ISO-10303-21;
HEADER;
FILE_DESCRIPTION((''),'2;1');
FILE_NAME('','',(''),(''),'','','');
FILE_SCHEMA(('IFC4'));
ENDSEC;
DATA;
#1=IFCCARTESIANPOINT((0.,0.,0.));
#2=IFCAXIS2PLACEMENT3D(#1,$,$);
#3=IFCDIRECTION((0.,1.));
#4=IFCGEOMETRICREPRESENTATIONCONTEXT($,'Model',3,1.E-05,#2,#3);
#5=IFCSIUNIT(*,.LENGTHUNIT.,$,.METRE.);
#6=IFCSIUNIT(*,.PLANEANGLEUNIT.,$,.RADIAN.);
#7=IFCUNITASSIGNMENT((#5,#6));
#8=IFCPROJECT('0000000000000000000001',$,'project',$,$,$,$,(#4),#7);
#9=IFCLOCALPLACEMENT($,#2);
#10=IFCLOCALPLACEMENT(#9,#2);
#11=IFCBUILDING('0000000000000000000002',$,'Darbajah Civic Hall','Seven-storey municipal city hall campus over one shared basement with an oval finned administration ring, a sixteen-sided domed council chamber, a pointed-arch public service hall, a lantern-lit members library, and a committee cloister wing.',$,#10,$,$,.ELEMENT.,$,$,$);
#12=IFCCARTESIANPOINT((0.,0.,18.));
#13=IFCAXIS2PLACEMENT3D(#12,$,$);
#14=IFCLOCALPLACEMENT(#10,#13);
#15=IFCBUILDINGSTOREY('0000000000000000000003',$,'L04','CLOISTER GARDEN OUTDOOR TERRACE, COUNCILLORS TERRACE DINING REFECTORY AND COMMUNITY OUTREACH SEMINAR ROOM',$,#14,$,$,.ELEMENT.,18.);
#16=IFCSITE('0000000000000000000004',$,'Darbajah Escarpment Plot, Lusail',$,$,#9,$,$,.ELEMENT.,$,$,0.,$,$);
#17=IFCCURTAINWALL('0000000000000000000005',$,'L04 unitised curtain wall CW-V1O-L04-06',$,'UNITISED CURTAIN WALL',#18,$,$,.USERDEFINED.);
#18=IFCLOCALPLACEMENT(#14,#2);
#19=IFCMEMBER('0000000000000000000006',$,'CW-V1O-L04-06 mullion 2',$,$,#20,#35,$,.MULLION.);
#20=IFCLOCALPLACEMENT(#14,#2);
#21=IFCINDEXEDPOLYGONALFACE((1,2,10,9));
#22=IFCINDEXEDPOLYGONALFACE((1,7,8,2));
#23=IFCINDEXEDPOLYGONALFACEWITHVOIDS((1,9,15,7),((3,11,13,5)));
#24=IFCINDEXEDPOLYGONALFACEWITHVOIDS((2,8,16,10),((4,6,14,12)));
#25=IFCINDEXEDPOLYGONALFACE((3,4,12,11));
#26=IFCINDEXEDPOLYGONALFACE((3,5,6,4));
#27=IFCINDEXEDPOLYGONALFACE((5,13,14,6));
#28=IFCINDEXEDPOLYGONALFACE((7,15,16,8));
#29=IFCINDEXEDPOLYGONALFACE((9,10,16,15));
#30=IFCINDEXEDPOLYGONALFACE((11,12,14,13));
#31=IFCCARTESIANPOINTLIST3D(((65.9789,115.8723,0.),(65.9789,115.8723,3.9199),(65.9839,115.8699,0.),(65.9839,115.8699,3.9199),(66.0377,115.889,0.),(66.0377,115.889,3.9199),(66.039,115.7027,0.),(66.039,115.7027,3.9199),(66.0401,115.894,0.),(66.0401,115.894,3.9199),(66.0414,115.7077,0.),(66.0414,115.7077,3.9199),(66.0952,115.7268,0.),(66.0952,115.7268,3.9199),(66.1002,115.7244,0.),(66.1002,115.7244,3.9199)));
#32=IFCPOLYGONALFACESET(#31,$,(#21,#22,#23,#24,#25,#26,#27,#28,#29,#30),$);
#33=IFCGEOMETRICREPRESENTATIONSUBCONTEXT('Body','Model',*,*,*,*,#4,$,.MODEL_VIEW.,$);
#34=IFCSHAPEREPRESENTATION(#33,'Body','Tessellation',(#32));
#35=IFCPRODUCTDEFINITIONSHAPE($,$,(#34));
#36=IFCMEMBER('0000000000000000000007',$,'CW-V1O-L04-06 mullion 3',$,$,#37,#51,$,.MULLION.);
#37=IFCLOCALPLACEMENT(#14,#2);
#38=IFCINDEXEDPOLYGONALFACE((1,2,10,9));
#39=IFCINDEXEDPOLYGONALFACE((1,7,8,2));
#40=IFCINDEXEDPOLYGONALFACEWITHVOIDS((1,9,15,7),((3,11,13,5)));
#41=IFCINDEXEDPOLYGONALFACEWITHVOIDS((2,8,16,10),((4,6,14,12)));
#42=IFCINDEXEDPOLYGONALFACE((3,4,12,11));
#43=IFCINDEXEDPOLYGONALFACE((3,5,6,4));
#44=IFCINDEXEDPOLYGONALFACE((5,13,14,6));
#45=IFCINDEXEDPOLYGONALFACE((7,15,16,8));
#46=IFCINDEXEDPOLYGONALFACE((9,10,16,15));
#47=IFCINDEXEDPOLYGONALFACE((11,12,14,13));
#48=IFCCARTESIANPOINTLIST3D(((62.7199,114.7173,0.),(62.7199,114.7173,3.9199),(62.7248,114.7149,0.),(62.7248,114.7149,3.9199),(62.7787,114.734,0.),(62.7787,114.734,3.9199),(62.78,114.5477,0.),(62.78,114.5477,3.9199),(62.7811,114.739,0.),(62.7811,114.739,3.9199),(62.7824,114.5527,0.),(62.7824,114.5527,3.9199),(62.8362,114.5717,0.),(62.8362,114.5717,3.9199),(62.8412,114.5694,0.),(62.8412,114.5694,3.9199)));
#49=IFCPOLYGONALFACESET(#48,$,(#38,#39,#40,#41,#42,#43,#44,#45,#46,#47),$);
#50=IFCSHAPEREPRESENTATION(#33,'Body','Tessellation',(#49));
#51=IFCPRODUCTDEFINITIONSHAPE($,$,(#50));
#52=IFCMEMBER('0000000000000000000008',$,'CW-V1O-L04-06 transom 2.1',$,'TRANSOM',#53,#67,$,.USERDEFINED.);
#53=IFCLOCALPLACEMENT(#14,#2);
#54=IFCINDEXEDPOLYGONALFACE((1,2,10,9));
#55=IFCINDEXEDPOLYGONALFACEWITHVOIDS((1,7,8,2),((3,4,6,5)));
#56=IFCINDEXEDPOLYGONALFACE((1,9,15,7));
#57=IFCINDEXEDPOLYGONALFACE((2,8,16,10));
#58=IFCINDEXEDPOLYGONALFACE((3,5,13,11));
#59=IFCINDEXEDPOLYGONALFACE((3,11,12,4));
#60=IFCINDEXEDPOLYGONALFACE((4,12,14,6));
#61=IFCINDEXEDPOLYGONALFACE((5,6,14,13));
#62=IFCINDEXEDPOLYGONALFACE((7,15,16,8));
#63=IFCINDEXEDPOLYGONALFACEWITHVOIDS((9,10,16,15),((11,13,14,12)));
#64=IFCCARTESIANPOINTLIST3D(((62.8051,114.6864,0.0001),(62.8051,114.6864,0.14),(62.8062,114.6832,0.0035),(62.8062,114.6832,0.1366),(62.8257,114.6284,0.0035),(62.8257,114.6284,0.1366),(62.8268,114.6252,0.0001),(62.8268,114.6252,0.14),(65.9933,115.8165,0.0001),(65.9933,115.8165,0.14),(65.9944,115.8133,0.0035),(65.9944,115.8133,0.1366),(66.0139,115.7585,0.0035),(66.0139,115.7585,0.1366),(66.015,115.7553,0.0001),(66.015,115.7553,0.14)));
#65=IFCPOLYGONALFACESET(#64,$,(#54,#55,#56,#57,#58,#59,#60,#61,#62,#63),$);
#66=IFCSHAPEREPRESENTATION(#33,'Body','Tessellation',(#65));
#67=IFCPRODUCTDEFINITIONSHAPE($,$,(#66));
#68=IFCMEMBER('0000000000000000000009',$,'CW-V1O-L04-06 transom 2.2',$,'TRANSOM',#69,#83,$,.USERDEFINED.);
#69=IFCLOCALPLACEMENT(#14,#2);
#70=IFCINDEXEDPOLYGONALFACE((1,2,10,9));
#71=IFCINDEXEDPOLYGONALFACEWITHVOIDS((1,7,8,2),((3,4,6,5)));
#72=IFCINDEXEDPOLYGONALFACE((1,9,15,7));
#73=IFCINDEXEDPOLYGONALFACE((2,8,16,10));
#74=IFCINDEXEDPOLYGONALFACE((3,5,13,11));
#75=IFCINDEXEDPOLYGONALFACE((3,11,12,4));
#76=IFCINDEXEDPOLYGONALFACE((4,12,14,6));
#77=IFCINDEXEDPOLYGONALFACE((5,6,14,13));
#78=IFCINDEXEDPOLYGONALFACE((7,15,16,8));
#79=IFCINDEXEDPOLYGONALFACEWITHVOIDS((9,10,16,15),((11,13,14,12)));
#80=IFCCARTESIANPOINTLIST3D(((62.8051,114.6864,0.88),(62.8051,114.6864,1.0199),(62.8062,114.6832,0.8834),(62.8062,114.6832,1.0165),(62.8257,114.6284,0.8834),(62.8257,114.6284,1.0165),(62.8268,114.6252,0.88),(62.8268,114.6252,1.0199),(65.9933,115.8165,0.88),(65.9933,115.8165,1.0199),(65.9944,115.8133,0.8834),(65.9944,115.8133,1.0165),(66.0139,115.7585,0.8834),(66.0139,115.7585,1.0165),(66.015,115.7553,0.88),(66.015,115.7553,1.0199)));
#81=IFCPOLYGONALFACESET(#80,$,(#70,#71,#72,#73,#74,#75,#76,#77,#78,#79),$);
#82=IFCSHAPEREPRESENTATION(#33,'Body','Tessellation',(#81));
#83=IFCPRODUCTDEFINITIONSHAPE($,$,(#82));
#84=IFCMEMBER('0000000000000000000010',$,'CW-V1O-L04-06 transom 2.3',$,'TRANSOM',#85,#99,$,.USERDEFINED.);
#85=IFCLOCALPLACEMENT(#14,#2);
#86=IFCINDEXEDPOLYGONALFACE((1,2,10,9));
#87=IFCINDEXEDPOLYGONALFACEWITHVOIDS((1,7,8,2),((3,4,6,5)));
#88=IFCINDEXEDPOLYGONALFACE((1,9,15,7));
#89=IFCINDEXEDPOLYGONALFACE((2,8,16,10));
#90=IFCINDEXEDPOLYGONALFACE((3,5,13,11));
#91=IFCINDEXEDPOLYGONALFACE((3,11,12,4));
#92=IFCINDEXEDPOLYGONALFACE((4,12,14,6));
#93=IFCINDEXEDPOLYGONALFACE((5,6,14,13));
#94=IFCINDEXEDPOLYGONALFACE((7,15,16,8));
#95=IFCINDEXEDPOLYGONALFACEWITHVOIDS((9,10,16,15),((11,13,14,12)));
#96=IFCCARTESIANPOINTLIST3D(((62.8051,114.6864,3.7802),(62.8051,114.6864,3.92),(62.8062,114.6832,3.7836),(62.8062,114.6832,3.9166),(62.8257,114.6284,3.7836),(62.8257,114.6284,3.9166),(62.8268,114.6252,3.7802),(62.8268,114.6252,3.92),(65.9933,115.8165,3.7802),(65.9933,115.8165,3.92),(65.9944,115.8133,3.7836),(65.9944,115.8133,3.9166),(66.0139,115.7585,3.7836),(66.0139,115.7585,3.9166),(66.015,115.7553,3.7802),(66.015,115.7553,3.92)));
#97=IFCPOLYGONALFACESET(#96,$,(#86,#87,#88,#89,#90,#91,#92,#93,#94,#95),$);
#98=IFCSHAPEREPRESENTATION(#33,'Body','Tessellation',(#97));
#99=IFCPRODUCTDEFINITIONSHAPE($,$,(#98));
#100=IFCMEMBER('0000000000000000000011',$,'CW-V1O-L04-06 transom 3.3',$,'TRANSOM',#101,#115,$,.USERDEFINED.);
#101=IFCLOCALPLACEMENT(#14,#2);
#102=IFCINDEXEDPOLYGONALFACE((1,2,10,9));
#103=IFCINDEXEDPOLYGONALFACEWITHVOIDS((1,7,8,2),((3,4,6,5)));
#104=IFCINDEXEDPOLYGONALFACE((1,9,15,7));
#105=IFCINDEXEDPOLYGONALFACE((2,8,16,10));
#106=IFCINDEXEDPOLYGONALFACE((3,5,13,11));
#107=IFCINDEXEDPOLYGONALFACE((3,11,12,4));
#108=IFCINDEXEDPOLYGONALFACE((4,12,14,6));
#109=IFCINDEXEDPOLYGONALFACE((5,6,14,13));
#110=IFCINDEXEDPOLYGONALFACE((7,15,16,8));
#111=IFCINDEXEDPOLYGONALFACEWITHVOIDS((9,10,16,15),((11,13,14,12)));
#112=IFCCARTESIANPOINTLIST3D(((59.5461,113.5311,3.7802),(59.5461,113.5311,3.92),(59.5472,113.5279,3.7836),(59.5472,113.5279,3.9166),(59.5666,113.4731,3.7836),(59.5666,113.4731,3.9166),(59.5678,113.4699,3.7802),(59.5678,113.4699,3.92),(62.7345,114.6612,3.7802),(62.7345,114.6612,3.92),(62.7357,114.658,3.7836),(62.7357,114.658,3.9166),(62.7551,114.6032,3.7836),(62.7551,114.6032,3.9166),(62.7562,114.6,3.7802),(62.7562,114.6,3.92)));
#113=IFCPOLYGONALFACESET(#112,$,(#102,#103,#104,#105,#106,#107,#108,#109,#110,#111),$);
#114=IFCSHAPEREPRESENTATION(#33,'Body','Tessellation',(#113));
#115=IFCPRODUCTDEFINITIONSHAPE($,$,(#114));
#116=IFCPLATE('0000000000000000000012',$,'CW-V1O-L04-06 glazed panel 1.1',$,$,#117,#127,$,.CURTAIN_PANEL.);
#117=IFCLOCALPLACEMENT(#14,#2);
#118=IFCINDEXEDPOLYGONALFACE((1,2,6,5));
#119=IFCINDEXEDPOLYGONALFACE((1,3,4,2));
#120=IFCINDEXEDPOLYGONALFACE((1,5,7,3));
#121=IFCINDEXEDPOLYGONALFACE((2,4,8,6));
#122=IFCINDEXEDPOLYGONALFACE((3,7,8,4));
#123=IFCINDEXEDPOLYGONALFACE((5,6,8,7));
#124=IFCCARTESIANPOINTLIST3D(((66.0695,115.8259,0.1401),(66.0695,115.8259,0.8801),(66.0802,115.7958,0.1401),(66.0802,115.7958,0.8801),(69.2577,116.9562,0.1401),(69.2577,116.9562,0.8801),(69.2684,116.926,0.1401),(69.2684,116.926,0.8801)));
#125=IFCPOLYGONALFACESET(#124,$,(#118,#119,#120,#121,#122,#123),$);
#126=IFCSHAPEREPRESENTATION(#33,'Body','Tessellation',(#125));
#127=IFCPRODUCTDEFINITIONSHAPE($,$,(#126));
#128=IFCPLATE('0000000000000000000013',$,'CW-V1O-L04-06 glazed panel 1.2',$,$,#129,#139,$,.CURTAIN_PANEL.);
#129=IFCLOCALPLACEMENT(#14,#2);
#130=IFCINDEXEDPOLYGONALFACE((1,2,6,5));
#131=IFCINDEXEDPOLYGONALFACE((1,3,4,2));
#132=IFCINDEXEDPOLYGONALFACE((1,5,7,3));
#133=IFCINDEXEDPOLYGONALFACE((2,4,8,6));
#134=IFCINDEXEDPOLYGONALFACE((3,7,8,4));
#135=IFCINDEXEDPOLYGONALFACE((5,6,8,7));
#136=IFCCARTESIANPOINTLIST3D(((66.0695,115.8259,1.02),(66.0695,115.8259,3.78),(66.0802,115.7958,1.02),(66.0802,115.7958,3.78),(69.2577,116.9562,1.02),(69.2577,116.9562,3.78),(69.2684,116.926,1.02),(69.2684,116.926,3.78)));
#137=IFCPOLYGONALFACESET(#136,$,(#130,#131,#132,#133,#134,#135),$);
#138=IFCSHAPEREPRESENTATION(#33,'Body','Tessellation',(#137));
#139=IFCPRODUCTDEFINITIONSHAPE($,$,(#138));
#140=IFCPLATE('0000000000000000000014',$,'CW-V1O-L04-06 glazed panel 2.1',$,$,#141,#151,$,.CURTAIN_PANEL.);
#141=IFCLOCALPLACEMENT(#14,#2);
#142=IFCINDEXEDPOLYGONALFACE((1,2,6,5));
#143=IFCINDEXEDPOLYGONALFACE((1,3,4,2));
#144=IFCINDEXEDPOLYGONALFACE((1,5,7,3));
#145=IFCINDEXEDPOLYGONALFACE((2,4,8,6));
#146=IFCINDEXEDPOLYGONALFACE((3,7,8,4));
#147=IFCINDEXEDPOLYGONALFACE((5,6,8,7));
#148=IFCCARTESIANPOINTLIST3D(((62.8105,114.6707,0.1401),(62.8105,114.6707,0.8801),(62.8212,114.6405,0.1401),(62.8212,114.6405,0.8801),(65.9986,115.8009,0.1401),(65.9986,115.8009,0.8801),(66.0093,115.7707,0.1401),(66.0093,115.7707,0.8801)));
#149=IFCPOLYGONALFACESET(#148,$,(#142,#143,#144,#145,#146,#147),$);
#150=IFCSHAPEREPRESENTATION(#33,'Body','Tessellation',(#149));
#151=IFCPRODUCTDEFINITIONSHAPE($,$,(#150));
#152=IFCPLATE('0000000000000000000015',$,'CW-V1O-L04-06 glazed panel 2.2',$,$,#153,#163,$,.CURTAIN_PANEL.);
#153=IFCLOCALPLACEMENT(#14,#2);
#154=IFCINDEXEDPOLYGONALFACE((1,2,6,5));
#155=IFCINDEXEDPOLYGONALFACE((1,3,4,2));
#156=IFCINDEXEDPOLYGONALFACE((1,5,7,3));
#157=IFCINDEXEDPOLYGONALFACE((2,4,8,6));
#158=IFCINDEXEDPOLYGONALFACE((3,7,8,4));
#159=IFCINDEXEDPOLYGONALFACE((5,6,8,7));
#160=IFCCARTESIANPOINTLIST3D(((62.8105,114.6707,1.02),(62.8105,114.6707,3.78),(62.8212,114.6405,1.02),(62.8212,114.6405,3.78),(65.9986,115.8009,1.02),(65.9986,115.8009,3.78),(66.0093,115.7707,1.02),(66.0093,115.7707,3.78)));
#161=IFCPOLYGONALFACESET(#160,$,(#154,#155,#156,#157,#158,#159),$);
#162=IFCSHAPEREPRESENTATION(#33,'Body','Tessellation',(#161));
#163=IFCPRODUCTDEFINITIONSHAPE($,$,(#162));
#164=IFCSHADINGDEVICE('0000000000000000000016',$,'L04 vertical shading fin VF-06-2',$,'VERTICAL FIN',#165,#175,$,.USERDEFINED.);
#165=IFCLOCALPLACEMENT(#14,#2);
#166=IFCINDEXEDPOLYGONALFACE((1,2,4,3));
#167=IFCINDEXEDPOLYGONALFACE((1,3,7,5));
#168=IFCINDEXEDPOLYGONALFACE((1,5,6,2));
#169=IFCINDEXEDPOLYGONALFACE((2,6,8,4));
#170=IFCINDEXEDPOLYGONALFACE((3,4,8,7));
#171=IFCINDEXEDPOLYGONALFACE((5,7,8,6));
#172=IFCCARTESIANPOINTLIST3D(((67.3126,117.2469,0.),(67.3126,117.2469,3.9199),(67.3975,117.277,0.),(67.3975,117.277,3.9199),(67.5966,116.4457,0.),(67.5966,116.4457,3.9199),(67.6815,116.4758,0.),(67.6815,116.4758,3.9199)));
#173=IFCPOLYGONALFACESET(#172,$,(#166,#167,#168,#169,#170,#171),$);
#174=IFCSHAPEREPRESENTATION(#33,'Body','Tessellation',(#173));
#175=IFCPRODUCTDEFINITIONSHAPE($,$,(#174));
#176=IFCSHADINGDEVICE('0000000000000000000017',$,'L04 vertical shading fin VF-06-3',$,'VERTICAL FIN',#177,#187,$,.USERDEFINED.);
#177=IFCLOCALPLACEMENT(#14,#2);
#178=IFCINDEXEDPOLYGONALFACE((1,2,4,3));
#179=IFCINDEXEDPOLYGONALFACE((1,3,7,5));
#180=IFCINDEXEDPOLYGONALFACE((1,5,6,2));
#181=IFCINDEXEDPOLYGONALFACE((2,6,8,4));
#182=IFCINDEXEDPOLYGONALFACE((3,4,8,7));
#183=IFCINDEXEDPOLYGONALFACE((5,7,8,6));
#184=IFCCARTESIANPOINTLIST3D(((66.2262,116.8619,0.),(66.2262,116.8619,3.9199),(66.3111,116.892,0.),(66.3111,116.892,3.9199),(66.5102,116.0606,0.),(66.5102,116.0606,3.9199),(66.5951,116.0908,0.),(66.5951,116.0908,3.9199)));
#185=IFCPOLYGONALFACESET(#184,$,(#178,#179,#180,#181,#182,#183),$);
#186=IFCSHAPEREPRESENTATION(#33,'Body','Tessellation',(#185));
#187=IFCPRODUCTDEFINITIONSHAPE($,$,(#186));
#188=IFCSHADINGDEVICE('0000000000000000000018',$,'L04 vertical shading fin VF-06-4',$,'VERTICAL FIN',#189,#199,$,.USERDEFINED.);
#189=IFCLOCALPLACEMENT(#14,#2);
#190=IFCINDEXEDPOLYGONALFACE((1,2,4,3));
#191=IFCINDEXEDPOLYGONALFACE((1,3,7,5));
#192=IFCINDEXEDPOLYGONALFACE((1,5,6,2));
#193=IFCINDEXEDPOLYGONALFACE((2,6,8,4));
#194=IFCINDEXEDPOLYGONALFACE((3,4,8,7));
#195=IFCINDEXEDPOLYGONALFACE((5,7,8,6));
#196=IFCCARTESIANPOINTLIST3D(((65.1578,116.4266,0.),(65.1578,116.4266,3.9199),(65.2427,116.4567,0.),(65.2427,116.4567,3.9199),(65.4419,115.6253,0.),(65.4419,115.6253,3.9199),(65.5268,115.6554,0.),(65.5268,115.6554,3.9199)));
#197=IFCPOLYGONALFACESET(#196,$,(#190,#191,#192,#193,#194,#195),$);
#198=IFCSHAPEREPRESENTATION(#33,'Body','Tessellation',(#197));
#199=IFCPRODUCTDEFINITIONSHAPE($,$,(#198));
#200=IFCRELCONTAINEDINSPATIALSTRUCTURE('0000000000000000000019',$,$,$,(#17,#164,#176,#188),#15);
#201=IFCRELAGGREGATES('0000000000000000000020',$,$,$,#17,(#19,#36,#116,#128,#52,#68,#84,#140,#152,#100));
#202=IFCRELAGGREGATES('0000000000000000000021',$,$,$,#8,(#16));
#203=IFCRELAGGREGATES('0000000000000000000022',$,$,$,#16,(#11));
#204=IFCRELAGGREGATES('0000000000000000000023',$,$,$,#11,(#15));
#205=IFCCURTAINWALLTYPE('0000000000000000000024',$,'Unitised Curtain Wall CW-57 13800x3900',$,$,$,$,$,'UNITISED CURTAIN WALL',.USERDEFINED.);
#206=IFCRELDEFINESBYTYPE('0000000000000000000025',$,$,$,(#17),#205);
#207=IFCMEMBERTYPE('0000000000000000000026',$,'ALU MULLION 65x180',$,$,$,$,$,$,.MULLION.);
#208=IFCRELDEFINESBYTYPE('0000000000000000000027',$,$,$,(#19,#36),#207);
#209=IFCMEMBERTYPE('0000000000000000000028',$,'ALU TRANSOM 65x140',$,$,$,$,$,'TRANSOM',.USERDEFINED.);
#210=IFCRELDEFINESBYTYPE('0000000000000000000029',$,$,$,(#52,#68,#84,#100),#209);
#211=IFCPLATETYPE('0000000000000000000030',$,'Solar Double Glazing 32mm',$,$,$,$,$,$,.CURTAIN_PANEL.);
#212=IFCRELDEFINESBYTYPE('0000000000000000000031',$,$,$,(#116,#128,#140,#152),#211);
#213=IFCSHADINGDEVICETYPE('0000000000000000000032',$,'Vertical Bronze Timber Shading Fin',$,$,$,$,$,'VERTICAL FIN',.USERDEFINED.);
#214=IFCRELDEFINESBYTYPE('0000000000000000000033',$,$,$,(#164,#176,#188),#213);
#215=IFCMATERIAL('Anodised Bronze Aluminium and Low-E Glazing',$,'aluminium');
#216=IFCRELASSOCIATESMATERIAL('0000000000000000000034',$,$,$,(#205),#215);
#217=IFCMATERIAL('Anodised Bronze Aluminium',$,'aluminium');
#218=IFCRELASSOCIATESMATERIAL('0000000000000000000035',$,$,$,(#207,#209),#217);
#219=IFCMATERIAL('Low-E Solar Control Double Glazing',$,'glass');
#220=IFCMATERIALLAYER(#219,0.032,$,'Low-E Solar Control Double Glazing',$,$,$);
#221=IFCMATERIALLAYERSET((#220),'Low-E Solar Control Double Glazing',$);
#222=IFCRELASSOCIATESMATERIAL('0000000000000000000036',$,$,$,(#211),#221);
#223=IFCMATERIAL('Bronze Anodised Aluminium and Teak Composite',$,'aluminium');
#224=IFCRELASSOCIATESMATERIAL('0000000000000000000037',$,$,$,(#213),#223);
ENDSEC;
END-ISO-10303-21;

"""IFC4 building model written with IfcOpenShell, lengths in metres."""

from ifc_helpers import new_model, si_unit, direction, frame, origin, origin_2d, place, context, subcontext, project, spatial, rectangle, hollow_rectangle, extrude, material, layer, layer_set, material_profile, profile_set, type_object, element, aggregate, save


model = new_model("IFC4")

# Units and contexts
model_context = context("Model", 3, precision=1e-05, world=origin(), true_north=direction((0.0, 1.0)))
body_context = subcontext(model_context, "Body", "Model", "MODEL_VIEW")
ifc_project = project(units=[si_unit("LENGTHUNIT", "METRE"), si_unit("PLANEANGLEUNIT", "RADIAN")], contexts=[model_context])

# Site, building, storey
site_placement = place(None, origin())
site = spatial("IfcSite", under=ifc_project, at=site_placement, Name="Darbajah Escarpment Plot, Lusail", CompositionType="ELEMENT", RefElevation=0.0)
building_placement = place(site_placement, origin())
building = spatial("IfcBuilding", under=site, at=building_placement, Name="Darbajah Civic Hall", Description="Seven-storey municipal city hall campus over one shared basement with an oval finned administration ring, a sixteen-sided domed council chamber, a pointed-arch public service hall, a lantern-lit members library, and a committee cloister wing.", CompositionType="ELEMENT")
storey_placement = place(building_placement, frame((0.0, 0.0, 18.0)))
storey = spatial("IfcBuildingStorey", under=building, at=storey_placement, Name="L04", Description="CLOISTER GARDEN OUTDOOR TERRACE, COUNCILLORS TERRACE DINING REFECTORY AND COMMUNITY OUTREACH SEMINAR ROOM", CompositionType="ELEMENT", Elevation=18.0)

# Curtain wall, members, plates
ifc_material_1 = material(Name="Anodised Bronze Aluminium and Low-E Glazing", Category="aluminium")
curtain_wall_type = type_object("IfcCurtainWallType", Name="Unitised Curtain Wall CW-57 13800x3900", ElementType="UNITISED CURTAIN WALL", PredefinedType="USERDEFINED", material=ifc_material_1)
curtain_wall_placement = place(storey_placement, origin())
curtain_wall = element("IfcCurtainWall", 1, at=curtain_wall_placement, inside=storey, type_object=curtain_wall_type, Name="L04 unitised curtain wall CW-V1O-L04-06", ObjectType="UNITISED CURTAIN WALL", PredefinedType="USERDEFINED")
ifc_material_2 = material(Name="Anodised Bronze Aluminium", Category="aluminium")
ifc_material_profile_1 = material_profile(ifc_material_2, hollow_rectangle(XDim=0.0649, YDim=0.1799, WallThickness=0.0039, at=origin_2d()), Name="ALU MULLION 65x180")
ifc_profile_set_1 = profile_set([ifc_material_profile_1], Name="Anodised Bronze Aluminium")
member_type_1 = type_object("IfcMemberType", Name="ALU MULLION 65x180", PredefinedType="MULLION", material=ifc_profile_set_1)
member_1_placement = place(storey_placement, frame((66.0396, 115.7983, 0.0), z_axis=(0.0, 0.0, 1.0), x_axis=(-0.942525, -0.334136, 0.0)))
member_1 = element("IfcMember", 2, at=member_1_placement, type_object=member_type_1, Name="CW-V1O-L04-06 mullion 2", PredefinedType="MULLION", context=body_context, shape_type="SweptSolid", body=[
    extrude(hollow_rectangle(XDim=0.0649, YDim=0.1799, WallThickness=0.0039, at=origin_2d()), origin(), (0.0, 0.0, 1.0), 3.9199),
])
member_2_placement = place(storey_placement, frame((62.7805, 114.6433, 0.0), z_axis=(0.0, 0.0, 1.0), x_axis=(-0.942525, -0.334136, 0.0)))
member_2 = element("IfcMember", 3, at=member_2_placement, type_object=member_type_1, Name="CW-V1O-L04-06 mullion 3", PredefinedType="MULLION", context=body_context, shape_type="SweptSolid", body=[
    extrude(hollow_rectangle(XDim=0.0649, YDim=0.1799, WallThickness=0.0039, at=origin_2d()), origin(), (0.0, 0.0, 1.0), 3.9199),
])
ifc_material_profile_2 = material_profile(ifc_material_2, hollow_rectangle(XDim=0.0649, YDim=0.1399, WallThickness=0.0034, at=origin_2d()), Name="ALU TRANSOM 65x140")
ifc_profile_set_2 = profile_set([ifc_material_profile_2], Name="Anodised Bronze Aluminium")
member_type_2 = type_object("IfcMemberType", Name="ALU TRANSOM 65x140", ElementType="TRANSOM", PredefinedType="USERDEFINED", material=ifc_profile_set_2)
member_3_placement = place(storey_placement, frame((66.0042, 115.7859, 0.0701), z_axis=(-0.942538, -0.3341, 0.0), x_axis=(0.3341, -0.942538, 0.0)))
member_3 = element("IfcMember", 4, at=member_3_placement, type_object=member_type_2, Name="CW-V1O-L04-06 transom 2.1", ObjectType="TRANSOM", PredefinedType="USERDEFINED", context=body_context, shape_type="SweptSolid", body=[
    extrude(hollow_rectangle(XDim=0.0649, YDim=0.1399, WallThickness=0.0034, at=origin_2d()), origin(), (0.0, 0.0, 1.0), 3.3826),
])
member_4_placement = place(storey_placement, frame((66.0042, 115.7859, 0.95), z_axis=(-0.942538, -0.3341, 0.0), x_axis=(0.3341, -0.942538, 0.0)))
member_4 = element("IfcMember", 5, at=member_4_placement, type_object=member_type_2, Name="CW-V1O-L04-06 transom 2.2", ObjectType="TRANSOM", PredefinedType="USERDEFINED", context=body_context, shape_type="SweptSolid", body=[
    extrude(hollow_rectangle(XDim=0.0649, YDim=0.1399, WallThickness=0.0034, at=origin_2d()), origin(), (0.0, 0.0, 1.0), 3.3826),
])
member_5_placement = place(storey_placement, frame((66.0042, 115.7859, 3.8501), z_axis=(-0.942538, -0.3341, 0.0), x_axis=(0.3341, -0.942538, 0.0)))
member_5 = element("IfcMember", 6, at=member_5_placement, type_object=member_type_2, Name="CW-V1O-L04-06 transom 2.3", ObjectType="TRANSOM", PredefinedType="USERDEFINED", context=body_context, shape_type="SweptSolid", body=[
    extrude(hollow_rectangle(XDim=0.0649, YDim=0.1399, WallThickness=0.0034, at=origin_2d()), origin(), (0.0, 0.0, 1.0), 3.3826),
])
member_6_placement = place(storey_placement, frame((62.7454, 114.6306, 3.8501), z_axis=(-0.942546, -0.334077, 0.0), x_axis=(0.334077, -0.942546, 0.0)))
member_6 = element("IfcMember", 7, at=member_6_placement, type_object=member_type_2, Name="CW-V1O-L04-06 transom 3.3", ObjectType="TRANSOM", PredefinedType="USERDEFINED", context=body_context, shape_type="SweptSolid", body=[
    extrude(hollow_rectangle(XDim=0.0649, YDim=0.1399, WallThickness=0.0034, at=origin_2d()), origin(), (0.0, 0.0, 1.0), 3.3828),
])
ifc_material_3 = material(Name="Low-E Solar Control Double Glazing", Category="glass")
ifc_layer = layer(ifc_material_3, 0.032, Name="Low-E Solar Control Double Glazing")
ifc_layer_set = layer_set([ifc_layer], Name="Low-E Solar Control Double Glazing")
plate_type = type_object("IfcPlateType", Name="Solar Double Glazing 32mm", PredefinedType="CURTAIN_PANEL", material=ifc_layer_set)
plate_1_placement = place(storey_placement, frame((67.6689, 116.376, 0.1401), z_axis=(0.0, 0.0, 1.0), x_axis=(-0.942525, -0.334136, 0.0)))
plate_1 = element("IfcPlate", 8, at=plate_1_placement, type_object=plate_type, Name="CW-V1O-L04-06 glazed panel 1.1", PredefinedType="CURTAIN_PANEL", context=body_context, shape_type="SweptSolid", body=[
    extrude(rectangle(XDim=3.3826, YDim=0.032, at=origin_2d()), origin(), (0.0, 0.0, 1.0), 0.74),
])
plate_2_placement = place(storey_placement, frame((67.6689, 116.376, 1.02), z_axis=(0.0, 0.0, 1.0), x_axis=(-0.942525, -0.334136, 0.0)))
plate_2 = element("IfcPlate", 9, at=plate_2_placement, type_object=plate_type, Name="CW-V1O-L04-06 glazed panel 1.2", PredefinedType="CURTAIN_PANEL", context=body_context, shape_type="SweptSolid", body=[
    extrude(rectangle(XDim=3.3826, YDim=0.032, at=origin_2d()), origin(), (0.0, 0.0, 1.0), 2.76),
])
plate_3_placement = place(storey_placement, frame((64.4099, 115.2207, 0.1401), z_axis=(0.0, 0.0, 1.0), x_axis=(-0.942525, -0.334136, 0.0)))
plate_3 = element("IfcPlate", 10, at=plate_3_placement, type_object=plate_type, Name="CW-V1O-L04-06 glazed panel 2.1", PredefinedType="CURTAIN_PANEL", context=body_context, shape_type="SweptSolid", body=[
    extrude(rectangle(XDim=3.3826, YDim=0.032, at=origin_2d()), origin(), (0.0, 0.0, 1.0), 0.74),
])
plate_4_placement = place(storey_placement, frame((64.4099, 115.2207, 1.02), z_axis=(0.0, 0.0, 1.0), x_axis=(-0.942525, -0.334136, 0.0)))
plate_4 = element("IfcPlate", 11, at=plate_4_placement, type_object=plate_type, Name="CW-V1O-L04-06 glazed panel 2.2", PredefinedType="CURTAIN_PANEL", context=body_context, shape_type="SweptSolid", body=[
    extrude(rectangle(XDim=3.3826, YDim=0.032, at=origin_2d()), origin(), (0.0, 0.0, 1.0), 2.76),
])
aggregate(curtain_wall, [member_1, member_2, plate_1, plate_2, member_3, member_4, member_5, plate_3, plate_4, member_6])

# Shading devices
ifc_material_4 = material(Name="Bronze Anodised Aluminium and Teak Composite", Category="aluminium")
shading_device_type = type_object("IfcShadingDeviceType", Name="Vertical Bronze Timber Shading Fin", ElementType="VERTICAL FIN", PredefinedType="USERDEFINED", material=ifc_material_4)
for number, where, z_axis, x_axis, name in (
    (12, (67.4971, 116.8613, 0.0), (0.0, 0.0, 1.0), (-0.334136, 0.942525, 0.0), "L04 vertical shading fin VF-06-2"),
    (13, (66.4106, 116.4763, 0.0), (0.0, 0.0, 1.0), (-0.334136, 0.942525, 0.0), "L04 vertical shading fin VF-06-3"),
    (14, (65.3423, 116.041, 0.0), (0.0, 0.0, 1.0), (-0.334136, 0.942525, 0.0), "L04 vertical shading fin VF-06-4"),
):
    element("IfcShadingDevice", number, at=place(storey_placement, frame(where, z_axis=z_axis, x_axis=x_axis)), inside=storey, type_object=shading_device_type, Name=name, ObjectType="VERTICAL FIN", PredefinedType="USERDEFINED", context=body_context, shape_type="SweptSolid", body=[
        extrude(rectangle(XDim=0.8501, YDim=0.0901, at=origin_2d()), origin(), (0.0, 0.0, 1.0), 3.9199),
    ])

save(model, "model.ifc")
